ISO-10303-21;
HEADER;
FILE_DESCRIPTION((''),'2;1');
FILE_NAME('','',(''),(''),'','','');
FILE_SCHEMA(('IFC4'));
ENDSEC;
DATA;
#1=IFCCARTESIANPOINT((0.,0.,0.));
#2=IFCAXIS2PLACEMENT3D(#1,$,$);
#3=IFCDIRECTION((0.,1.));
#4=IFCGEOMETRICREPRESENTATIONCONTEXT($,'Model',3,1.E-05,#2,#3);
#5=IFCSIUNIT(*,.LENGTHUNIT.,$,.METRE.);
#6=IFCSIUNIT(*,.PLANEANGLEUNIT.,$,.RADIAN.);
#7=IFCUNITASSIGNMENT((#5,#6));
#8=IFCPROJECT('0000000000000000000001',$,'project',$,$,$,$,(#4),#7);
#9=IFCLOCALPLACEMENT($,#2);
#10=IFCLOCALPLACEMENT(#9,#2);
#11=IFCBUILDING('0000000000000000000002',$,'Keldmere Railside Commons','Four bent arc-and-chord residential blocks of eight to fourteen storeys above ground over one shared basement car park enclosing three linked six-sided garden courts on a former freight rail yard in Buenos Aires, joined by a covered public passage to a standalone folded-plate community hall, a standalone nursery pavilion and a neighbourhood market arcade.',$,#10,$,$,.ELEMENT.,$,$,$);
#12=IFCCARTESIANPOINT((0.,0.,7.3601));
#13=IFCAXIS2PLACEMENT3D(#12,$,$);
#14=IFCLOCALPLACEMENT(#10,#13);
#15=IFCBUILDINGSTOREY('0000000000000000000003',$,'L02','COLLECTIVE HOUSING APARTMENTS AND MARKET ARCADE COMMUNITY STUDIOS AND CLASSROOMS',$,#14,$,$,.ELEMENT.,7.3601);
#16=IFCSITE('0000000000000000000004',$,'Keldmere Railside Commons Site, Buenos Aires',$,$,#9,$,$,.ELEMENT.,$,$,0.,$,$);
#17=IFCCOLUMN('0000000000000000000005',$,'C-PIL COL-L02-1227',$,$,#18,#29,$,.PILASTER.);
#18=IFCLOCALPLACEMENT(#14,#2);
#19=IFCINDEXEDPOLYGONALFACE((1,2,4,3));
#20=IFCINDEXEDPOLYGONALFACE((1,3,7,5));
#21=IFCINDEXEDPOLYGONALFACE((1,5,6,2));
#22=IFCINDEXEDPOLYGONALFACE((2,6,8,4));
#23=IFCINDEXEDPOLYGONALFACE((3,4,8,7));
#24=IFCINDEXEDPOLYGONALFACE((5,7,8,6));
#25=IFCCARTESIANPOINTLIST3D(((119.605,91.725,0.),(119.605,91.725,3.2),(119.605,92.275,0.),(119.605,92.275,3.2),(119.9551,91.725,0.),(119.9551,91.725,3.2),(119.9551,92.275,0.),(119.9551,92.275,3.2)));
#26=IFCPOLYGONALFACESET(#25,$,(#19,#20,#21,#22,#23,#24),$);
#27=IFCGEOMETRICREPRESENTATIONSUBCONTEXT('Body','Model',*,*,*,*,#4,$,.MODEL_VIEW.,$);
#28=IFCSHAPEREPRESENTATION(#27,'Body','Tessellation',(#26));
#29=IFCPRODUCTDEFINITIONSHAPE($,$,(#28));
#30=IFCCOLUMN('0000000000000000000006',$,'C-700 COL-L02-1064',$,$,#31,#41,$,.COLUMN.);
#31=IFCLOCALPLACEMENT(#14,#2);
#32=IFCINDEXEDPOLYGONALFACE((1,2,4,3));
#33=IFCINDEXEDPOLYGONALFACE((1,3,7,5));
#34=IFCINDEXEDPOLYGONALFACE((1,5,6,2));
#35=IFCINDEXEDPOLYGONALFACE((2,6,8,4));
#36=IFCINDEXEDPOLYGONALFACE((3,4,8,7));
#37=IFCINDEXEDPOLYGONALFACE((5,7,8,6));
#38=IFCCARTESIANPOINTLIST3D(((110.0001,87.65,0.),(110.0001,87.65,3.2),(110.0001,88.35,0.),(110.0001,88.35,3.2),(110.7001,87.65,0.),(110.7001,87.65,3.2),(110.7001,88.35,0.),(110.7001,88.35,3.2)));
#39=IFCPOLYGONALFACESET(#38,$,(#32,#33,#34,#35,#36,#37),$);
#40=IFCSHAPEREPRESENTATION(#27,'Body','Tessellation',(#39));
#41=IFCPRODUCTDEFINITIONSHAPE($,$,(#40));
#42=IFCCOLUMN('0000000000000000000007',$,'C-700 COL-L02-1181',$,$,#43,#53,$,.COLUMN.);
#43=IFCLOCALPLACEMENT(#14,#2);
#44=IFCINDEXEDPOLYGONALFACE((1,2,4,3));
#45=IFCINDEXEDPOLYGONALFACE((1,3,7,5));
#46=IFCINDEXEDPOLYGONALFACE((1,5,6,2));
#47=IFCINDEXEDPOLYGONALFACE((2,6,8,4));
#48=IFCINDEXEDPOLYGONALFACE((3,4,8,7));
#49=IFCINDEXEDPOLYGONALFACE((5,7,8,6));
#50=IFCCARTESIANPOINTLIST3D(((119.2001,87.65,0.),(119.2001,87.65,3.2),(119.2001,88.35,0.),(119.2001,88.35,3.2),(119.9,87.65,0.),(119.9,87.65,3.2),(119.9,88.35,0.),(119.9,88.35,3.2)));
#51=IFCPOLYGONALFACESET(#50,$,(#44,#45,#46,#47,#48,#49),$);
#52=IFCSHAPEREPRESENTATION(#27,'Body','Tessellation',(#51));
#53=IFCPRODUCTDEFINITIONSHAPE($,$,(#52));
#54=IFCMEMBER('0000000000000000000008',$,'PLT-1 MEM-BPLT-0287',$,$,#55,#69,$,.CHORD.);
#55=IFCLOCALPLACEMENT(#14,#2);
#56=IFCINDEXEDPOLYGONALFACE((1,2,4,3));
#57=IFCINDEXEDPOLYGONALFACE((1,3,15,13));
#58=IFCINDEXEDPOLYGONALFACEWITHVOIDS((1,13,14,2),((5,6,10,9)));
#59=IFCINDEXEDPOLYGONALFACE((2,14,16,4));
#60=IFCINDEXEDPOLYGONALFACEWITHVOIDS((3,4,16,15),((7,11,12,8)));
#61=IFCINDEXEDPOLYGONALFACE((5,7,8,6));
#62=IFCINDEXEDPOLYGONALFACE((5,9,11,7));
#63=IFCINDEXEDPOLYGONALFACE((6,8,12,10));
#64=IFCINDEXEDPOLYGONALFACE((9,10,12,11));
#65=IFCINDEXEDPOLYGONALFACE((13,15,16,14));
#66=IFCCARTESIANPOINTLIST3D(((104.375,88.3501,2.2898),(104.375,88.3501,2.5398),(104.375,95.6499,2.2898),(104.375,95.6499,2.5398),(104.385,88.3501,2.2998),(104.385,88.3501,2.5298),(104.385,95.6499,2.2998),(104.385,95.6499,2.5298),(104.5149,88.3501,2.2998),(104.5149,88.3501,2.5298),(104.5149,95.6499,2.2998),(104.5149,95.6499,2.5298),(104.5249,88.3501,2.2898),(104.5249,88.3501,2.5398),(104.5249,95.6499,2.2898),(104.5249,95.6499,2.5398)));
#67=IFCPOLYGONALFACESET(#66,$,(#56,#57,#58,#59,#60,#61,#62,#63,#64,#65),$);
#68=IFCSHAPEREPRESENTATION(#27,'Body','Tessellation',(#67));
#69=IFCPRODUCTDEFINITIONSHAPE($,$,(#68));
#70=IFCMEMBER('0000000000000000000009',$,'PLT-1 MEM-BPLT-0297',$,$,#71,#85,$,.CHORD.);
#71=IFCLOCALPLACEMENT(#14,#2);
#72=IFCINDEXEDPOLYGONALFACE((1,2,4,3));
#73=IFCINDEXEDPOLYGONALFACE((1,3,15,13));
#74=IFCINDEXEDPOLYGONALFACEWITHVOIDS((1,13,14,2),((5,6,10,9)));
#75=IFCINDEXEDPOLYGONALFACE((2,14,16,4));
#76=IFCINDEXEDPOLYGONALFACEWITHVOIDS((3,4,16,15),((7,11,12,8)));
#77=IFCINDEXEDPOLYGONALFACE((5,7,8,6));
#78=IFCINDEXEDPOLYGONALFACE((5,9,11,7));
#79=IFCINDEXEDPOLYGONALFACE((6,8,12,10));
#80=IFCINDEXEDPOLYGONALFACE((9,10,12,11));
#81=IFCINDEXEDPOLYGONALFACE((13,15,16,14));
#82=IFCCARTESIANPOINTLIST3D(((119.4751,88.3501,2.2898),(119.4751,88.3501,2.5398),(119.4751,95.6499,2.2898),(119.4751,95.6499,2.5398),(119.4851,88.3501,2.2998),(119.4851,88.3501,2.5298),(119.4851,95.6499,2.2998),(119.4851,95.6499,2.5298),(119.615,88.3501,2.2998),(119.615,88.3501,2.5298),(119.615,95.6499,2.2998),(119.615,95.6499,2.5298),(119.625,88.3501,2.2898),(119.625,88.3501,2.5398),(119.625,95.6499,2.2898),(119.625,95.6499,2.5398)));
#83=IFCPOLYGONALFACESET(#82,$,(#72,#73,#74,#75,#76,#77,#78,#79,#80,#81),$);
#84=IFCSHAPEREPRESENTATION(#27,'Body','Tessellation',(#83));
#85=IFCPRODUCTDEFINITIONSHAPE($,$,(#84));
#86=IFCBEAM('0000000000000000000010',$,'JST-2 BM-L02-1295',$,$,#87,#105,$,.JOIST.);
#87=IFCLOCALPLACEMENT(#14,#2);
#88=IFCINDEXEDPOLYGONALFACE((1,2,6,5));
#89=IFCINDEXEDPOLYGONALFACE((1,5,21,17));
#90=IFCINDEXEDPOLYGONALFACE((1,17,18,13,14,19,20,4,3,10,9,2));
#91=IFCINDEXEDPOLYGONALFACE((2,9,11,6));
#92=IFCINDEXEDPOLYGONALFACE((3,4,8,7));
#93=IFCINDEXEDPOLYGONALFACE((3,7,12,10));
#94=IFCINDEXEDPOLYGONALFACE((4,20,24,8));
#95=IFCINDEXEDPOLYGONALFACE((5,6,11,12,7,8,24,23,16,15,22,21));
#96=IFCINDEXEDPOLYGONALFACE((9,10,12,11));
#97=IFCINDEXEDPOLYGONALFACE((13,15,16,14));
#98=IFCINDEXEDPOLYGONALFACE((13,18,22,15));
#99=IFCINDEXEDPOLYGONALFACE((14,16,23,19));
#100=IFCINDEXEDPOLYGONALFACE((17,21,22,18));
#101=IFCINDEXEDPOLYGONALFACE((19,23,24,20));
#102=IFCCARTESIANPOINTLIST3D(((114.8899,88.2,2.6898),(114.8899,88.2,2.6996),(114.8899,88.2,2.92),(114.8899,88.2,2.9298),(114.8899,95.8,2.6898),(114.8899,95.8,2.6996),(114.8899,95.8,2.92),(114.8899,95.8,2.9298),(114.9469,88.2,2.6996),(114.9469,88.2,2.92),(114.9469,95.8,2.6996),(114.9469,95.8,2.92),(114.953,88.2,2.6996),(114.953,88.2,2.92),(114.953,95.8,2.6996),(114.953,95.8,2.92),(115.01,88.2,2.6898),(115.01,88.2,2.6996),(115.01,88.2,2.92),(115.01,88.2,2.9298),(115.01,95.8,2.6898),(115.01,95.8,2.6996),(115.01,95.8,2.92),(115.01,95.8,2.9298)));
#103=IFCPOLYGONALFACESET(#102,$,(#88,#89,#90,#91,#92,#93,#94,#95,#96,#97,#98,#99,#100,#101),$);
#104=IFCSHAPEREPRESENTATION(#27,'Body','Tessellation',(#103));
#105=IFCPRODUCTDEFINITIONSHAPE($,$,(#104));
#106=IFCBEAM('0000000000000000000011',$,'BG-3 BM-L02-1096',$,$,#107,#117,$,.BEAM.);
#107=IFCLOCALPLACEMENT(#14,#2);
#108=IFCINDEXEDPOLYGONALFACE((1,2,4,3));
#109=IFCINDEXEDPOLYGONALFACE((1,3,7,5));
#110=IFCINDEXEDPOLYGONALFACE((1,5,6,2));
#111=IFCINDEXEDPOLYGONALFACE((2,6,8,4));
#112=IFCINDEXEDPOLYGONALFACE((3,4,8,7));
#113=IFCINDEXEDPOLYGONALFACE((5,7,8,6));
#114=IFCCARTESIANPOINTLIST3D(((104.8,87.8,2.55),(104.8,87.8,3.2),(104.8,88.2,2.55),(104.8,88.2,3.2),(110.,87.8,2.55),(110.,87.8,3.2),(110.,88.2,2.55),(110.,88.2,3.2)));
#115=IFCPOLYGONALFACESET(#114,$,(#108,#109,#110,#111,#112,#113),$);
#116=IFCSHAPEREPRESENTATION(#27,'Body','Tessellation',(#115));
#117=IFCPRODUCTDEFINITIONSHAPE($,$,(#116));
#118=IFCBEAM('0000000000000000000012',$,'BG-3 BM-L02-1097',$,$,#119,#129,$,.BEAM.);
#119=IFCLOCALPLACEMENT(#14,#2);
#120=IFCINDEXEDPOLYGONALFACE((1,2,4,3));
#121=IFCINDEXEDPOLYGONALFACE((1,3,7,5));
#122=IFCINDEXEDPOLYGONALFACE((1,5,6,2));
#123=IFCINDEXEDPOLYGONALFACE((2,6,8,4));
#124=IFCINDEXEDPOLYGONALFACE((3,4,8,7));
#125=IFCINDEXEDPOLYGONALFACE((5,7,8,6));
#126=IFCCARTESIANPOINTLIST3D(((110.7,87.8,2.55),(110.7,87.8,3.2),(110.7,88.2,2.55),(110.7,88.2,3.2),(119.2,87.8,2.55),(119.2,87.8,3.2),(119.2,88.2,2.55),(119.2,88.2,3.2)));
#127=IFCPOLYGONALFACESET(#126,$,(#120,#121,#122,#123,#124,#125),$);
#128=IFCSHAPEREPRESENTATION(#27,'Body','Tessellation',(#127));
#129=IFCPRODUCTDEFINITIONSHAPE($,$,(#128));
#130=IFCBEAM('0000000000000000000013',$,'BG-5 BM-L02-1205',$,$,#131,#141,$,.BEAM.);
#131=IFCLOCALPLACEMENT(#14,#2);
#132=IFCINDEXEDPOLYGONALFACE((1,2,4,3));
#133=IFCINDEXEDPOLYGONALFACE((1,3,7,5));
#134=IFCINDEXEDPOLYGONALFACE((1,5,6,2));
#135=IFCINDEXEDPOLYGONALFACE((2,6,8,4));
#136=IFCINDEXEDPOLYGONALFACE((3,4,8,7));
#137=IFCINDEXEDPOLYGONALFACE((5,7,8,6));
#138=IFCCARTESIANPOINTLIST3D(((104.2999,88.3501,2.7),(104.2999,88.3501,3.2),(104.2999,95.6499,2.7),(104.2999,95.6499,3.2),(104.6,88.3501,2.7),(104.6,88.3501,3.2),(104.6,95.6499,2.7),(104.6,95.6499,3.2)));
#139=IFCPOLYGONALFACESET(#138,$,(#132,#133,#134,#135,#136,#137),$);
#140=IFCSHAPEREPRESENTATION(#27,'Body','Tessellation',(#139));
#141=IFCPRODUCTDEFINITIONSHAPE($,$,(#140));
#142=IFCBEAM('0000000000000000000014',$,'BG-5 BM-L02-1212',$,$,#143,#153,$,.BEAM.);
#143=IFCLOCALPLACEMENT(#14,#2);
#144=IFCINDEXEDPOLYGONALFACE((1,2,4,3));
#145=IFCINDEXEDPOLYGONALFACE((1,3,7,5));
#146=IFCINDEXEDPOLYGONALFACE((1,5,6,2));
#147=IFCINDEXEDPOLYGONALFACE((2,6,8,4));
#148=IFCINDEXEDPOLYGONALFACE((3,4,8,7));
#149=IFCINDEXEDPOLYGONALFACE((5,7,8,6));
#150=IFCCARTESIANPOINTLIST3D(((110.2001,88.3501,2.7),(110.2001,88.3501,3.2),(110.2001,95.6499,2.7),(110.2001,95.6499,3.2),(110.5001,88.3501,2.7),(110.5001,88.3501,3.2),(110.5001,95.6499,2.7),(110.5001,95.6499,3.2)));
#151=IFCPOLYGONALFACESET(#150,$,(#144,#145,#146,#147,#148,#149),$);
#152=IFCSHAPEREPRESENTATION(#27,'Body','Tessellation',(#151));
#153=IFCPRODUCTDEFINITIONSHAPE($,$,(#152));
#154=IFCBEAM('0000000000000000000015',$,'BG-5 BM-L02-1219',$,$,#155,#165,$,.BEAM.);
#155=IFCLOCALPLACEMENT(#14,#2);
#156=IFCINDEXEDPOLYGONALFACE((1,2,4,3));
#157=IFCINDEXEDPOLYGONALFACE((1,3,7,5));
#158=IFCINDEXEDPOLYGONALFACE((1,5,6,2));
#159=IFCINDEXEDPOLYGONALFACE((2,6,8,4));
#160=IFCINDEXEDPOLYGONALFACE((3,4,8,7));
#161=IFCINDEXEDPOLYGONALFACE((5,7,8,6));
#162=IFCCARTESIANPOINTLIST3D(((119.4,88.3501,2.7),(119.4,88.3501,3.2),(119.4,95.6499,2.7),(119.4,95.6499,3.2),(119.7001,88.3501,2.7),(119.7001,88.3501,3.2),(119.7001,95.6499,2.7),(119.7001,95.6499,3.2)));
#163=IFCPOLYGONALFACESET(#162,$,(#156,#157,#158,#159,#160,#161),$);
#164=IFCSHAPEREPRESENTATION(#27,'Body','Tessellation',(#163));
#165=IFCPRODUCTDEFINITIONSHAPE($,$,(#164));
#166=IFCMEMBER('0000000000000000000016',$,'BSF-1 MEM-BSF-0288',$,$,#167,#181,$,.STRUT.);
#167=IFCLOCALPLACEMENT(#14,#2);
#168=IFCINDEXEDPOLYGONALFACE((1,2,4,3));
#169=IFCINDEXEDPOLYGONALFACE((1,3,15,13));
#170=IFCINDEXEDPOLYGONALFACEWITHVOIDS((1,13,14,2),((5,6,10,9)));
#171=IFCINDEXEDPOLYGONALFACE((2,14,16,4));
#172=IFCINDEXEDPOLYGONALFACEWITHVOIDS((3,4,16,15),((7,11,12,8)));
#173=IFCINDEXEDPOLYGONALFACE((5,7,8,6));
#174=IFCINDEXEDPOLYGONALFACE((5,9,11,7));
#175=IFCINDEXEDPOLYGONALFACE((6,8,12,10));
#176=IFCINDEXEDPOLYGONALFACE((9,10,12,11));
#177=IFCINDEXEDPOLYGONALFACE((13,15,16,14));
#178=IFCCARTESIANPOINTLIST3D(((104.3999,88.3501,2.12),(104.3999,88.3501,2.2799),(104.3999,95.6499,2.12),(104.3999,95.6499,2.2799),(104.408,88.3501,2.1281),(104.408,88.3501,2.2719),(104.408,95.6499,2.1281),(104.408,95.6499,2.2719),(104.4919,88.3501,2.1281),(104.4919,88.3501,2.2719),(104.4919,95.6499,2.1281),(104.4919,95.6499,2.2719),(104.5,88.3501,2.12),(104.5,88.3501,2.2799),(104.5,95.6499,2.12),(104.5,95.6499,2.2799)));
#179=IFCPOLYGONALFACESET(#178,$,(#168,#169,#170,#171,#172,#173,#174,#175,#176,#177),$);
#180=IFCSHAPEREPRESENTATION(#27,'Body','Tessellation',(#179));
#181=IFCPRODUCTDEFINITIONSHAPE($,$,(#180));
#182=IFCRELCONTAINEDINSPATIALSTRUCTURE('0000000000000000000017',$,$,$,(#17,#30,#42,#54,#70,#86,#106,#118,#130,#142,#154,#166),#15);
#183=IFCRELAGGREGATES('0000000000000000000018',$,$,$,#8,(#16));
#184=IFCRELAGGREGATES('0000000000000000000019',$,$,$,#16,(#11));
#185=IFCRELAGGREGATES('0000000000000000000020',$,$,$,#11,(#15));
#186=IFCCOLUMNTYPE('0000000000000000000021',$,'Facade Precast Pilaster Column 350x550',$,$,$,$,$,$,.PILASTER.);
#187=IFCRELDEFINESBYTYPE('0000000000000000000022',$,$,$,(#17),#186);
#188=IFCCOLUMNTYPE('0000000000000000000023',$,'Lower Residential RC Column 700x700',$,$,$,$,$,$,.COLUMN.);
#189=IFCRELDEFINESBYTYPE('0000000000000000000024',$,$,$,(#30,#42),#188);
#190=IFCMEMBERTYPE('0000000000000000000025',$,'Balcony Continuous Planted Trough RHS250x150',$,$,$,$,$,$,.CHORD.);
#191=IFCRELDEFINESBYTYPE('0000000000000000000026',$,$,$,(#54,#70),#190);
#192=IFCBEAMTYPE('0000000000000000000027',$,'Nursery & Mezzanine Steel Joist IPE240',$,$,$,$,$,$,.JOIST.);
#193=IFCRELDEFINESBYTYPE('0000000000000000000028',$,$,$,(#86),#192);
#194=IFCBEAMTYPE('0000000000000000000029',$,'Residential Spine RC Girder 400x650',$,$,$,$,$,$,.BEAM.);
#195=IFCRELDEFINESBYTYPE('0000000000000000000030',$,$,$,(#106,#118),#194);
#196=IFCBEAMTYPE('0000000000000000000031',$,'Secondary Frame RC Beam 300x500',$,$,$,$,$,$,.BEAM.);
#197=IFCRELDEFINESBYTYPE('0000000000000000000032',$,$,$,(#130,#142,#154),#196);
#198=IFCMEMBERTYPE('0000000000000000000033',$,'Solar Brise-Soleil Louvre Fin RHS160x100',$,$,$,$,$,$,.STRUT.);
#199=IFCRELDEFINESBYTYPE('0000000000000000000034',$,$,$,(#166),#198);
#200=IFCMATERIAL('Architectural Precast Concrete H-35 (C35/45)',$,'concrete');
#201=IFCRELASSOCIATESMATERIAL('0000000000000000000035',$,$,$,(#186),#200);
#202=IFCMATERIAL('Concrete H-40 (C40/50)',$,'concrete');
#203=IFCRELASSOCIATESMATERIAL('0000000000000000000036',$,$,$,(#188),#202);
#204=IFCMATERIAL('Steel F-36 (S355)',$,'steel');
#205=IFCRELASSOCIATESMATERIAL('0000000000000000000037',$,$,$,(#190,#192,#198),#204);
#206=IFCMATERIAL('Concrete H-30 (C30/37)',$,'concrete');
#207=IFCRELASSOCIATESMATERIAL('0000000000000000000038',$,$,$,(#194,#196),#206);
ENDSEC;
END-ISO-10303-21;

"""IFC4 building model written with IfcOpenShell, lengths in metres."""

from ifc_helpers import new_model, si_unit, direction, frame, origin, origin_2d, place, context, subcontext, project, spatial, rectangle, hollow_rectangle, i_section, extrude, material, material_profile, profile_set, type_object, element, save


model = new_model("IFC4")

# Units and contexts
model_context = context("Model", 3, precision=1e-05, world=origin(), true_north=direction((0.0, 1.0)))
body_context = subcontext(model_context, "Body", "Model", "MODEL_VIEW")
ifc_project = project(units=[si_unit("LENGTHUNIT", "METRE"), si_unit("PLANEANGLEUNIT", "RADIAN")], contexts=[model_context])

# Site, building, storey
site_placement = place(None, origin())
site = spatial("IfcSite", under=ifc_project, at=site_placement, Name="Keldmere Railside Commons Site, Buenos Aires", CompositionType="ELEMENT", RefElevation=0.0)
building_placement = place(site_placement, origin())
building = spatial("IfcBuilding", under=site, at=building_placement, Name="Keldmere Railside Commons", Description="Four bent arc-and-chord residential blocks of eight to fourteen storeys above ground over one shared basement car park enclosing three linked six-sided garden courts on a former freight rail yard in Buenos Aires, joined by a covered public passage to a standalone folded-plate community hall, a standalone nursery pavilion and a neighbourhood market arcade.", CompositionType="ELEMENT")
storey_placement = place(building_placement, frame((0.0, 0.0, 7.3601)))
storey = spatial("IfcBuildingStorey", under=building, at=storey_placement, Name="L02", Description="COLLECTIVE HOUSING APARTMENTS AND MARKET ARCADE COMMUNITY STUDIOS AND CLASSROOMS", CompositionType="ELEMENT", Elevation=7.3601)

# Columns
ifc_material_1 = material(Name="Architectural Precast Concrete H-35 (C35/45)", Category="concrete")
ifc_material_profile_1 = material_profile(ifc_material_1, rectangle(XDim=0.3501, YDim=0.55, at=origin_2d()), Name="RC-350x550")
ifc_profile_set_1 = profile_set([ifc_material_profile_1], Name="Architectural Precast Concrete H-35 (C35/45)")
column_type_1 = type_object("IfcColumnType", Name="Facade Precast Pilaster Column 350x550", PredefinedType="PILASTER", material=ifc_profile_set_1)
column_placement = place(storey_placement, frame((119.78, 92.0, 0.0), z_axis=(0.0, 0.0, 1.0), x_axis=(1.0, 0.0, 0.0)))
element("IfcColumn", 1, at=column_placement, inside=storey, type_object=column_type_1, Name="C-PIL COL-L02-1227", PredefinedType="PILASTER", context=body_context, shape_type="SweptSolid", body=[
    extrude(rectangle(XDim=0.3501, YDim=0.55, at=origin_2d()), origin(), (0.0, 0.0, 1.0), 3.2),
])
ifc_material_2 = material(Name="Concrete H-40 (C40/50)", Category="concrete")
ifc_material_profile_2 = material_profile(ifc_material_2, rectangle(XDim=0.7, YDim=0.7, at=origin_2d()), Name="RC-700x700")
ifc_profile_set_2 = profile_set([ifc_material_profile_2], Name="Concrete H-40 (C40/50)")
column_type_2 = type_object("IfcColumnType", Name="Lower Residential RC Column 700x700", PredefinedType="COLUMN", material=ifc_profile_set_2)
for number, where, z_axis, x_axis, name in (
    (2, (110.3501, 88.0, 0.0), (0.0, 0.0, 1.0), (1.0, 0.0, 0.0), "C-700 COL-L02-1064"),
    (3, (119.55, 88.0, 0.0), (0.0, 0.0, 1.0), (1.0, 0.0, 0.0), "C-700 COL-L02-1181"),
):
    element("IfcColumn", number, at=place(storey_placement, frame(where, z_axis=z_axis, x_axis=x_axis)), inside=storey, type_object=column_type_2, Name=name, PredefinedType="COLUMN", context=body_context, shape_type="SweptSolid", body=[
        extrude(rectangle(XDim=0.7, YDim=0.7, at=origin_2d()), origin(), (0.0, 0.0, 1.0), 3.2),
    ])

# Members
ifc_material_3 = material(Name="Steel F-36 (S355)", Category="steel")
ifc_material_profile_3 = material_profile(ifc_material_3, hollow_rectangle(XDim=0.1499, YDim=0.25, WallThickness=0.01, at=origin_2d()), Name="RHS-250x150x10")
ifc_profile_set_3 = profile_set([ifc_material_profile_3], Name="Steel F-36 (S355)")
member_type_1 = type_object("IfcMemberType", Name="Balcony Continuous Planted Trough RHS250x150", PredefinedType="CHORD", material=ifc_profile_set_3)
for number, where, z_axis, x_axis, name in (
    (4, (104.45, 88.3501, 2.4148), (0.0, 1.0, 0.0), (-1.0, 0.0, 0.0), "PLT-1 MEM-BPLT-0287"),
    (5, (119.55, 88.3501, 2.4148), (0.0, 1.0, 0.0), (-1.0, 0.0, 0.0), "PLT-1 MEM-BPLT-0297"),
):
    element("IfcMember", number, at=place(storey_placement, frame(where, z_axis=z_axis, x_axis=x_axis)), inside=storey, type_object=member_type_1, Name=name, PredefinedType="CHORD", context=body_context, shape_type="SweptSolid", body=[
        extrude(hollow_rectangle(XDim=0.1499, YDim=0.25, WallThickness=0.01, at=origin_2d()), origin(), (0.0, 0.0, 1.0), 7.2998),
    ])

# Beams
ifc_material_profile_4 = material_profile(ifc_material_3, i_section(OverallWidth=0.1201, OverallDepth=0.24, WebThickness=0.0061, FlangeThickness=0.0098, at=origin_2d()), Name="IPE-240")
ifc_profile_set_4 = profile_set([ifc_material_profile_4], Name="Steel F-36 (S355)")
beam_type_1 = type_object("IfcBeamType", Name="Nursery & Mezzanine Steel Joist IPE240", PredefinedType="JOIST", material=ifc_profile_set_4)
beam_1_placement = place(storey_placement, frame((114.95, 88.2, 2.8098), z_axis=(0.0, 1.0, 0.0), x_axis=(-1.0, 0.0, 0.0)))
element("IfcBeam", 6, at=beam_1_placement, inside=storey, type_object=beam_type_1, Name="JST-2 BM-L02-1295", PredefinedType="JOIST", context=body_context, shape_type="SweptSolid", body=[
    extrude(i_section(OverallWidth=0.1201, OverallDepth=0.24, WebThickness=0.0061, FlangeThickness=0.0098, at=origin_2d()), origin(), (0.0, 0.0, 1.0), 7.6001),
])
ifc_material_4 = material(Name="Concrete H-30 (C30/37)", Category="concrete")
ifc_material_profile_5 = material_profile(ifc_material_4, rectangle(XDim=0.3999, YDim=0.6499, at=origin_2d()), Name="RC-400x650")
ifc_profile_set_5 = profile_set([ifc_material_profile_5], Name="Concrete H-30 (C30/37)")
beam_type_2 = type_object("IfcBeamType", Name="Residential Spine RC Girder 400x650", PredefinedType="BEAM", material=ifc_profile_set_5)
beam_2_placement = place(storey_placement, frame((104.8, 88.0, 2.875), z_axis=(1.0, 0.0, 0.0), x_axis=(0.0, 1.0, 0.0)))
element("IfcBeam", 7, at=beam_2_placement, inside=storey, type_object=beam_type_2, Name="BG-3 BM-L02-1096", PredefinedType="BEAM", context=body_context, shape_type="SweptSolid", body=[
    extrude(rectangle(XDim=0.3999, YDim=0.6499, at=origin_2d()), origin(), (0.0, 0.0, 1.0), 5.2),
])
beam_3_placement = place(storey_placement, frame((110.7, 88.0, 2.875), z_axis=(1.0, 0.0, 0.0), x_axis=(0.0, 1.0, 0.0)))
element("IfcBeam", 8, at=beam_3_placement, inside=storey, type_object=beam_type_2, Name="BG-3 BM-L02-1097", PredefinedType="BEAM", context=body_context, shape_type="SweptSolid", body=[
    extrude(rectangle(XDim=0.3999, YDim=0.6499, at=origin_2d()), origin(), (0.0, 0.0, 1.0), 8.5),
])
ifc_material_profile_6 = material_profile(ifc_material_4, rectangle(XDim=0.3, YDim=0.5, at=origin_2d()), Name="RC-300x500")
ifc_profile_set_6 = profile_set([ifc_material_profile_6], Name="Concrete H-30 (C30/37)")
beam_type_3 = type_object("IfcBeamType", Name="Secondary Frame RC Beam 300x500", PredefinedType="BEAM", material=ifc_profile_set_6)
for number, where, z_axis, x_axis, name in (
    (9, (104.45, 88.3501, 2.95), (0.0, 1.0, 0.0), (-1.0, 0.0, 0.0), "BG-5 BM-L02-1205"),
    (10, (110.3501, 88.3501, 2.95), (0.0, 1.0, 0.0), (-1.0, 0.0, 0.0), "BG-5 BM-L02-1212"),
    (11, (119.55, 88.3501, 2.95), (0.0, 1.0, 0.0), (-1.0, 0.0, 0.0), "BG-5 BM-L02-1219"),
):
    element("IfcBeam", number, at=place(storey_placement, frame(where, z_axis=z_axis, x_axis=x_axis)), inside=storey, type_object=beam_type_3, Name=name, PredefinedType="BEAM", context=body_context, shape_type="SweptSolid", body=[
        extrude(rectangle(XDim=0.3, YDim=0.5, at=origin_2d()), origin(), (0.0, 0.0, 1.0), 7.2998),
    ])

# Member
ifc_material_profile_7 = material_profile(ifc_material_3, hollow_rectangle(XDim=0.1001, YDim=0.1599, WallThickness=0.0081, at=origin_2d()), Name="RHS-160x100x8")
ifc_profile_set_7 = profile_set([ifc_material_profile_7], Name="Steel F-36 (S355)")
member_type_2 = type_object("IfcMemberType", Name="Solar Brise-Soleil Louvre Fin RHS160x100", PredefinedType="STRUT", material=ifc_profile_set_7)
for number, where, z_axis, x_axis, name in (
    (12, (104.45, 88.3501, 2.2), (0.0, 1.0, 0.0), (-1.0, 0.0, 0.0), "BSF-1 MEM-BSF-0288"),
):
    element("IfcMember", number, at=place(storey_placement, frame(where, z_axis=z_axis, x_axis=x_axis)), inside=storey, type_object=member_type_2, Name=name, PredefinedType="STRUT", context=body_context, shape_type="SweptSolid", body=[
        extrude(hollow_rectangle(XDim=0.1001, YDim=0.1599, WallThickness=0.0081, at=origin_2d()), origin(), (0.0, 0.0, 1.0), 7.2998),
    ])

save(model, "model.ifc")
